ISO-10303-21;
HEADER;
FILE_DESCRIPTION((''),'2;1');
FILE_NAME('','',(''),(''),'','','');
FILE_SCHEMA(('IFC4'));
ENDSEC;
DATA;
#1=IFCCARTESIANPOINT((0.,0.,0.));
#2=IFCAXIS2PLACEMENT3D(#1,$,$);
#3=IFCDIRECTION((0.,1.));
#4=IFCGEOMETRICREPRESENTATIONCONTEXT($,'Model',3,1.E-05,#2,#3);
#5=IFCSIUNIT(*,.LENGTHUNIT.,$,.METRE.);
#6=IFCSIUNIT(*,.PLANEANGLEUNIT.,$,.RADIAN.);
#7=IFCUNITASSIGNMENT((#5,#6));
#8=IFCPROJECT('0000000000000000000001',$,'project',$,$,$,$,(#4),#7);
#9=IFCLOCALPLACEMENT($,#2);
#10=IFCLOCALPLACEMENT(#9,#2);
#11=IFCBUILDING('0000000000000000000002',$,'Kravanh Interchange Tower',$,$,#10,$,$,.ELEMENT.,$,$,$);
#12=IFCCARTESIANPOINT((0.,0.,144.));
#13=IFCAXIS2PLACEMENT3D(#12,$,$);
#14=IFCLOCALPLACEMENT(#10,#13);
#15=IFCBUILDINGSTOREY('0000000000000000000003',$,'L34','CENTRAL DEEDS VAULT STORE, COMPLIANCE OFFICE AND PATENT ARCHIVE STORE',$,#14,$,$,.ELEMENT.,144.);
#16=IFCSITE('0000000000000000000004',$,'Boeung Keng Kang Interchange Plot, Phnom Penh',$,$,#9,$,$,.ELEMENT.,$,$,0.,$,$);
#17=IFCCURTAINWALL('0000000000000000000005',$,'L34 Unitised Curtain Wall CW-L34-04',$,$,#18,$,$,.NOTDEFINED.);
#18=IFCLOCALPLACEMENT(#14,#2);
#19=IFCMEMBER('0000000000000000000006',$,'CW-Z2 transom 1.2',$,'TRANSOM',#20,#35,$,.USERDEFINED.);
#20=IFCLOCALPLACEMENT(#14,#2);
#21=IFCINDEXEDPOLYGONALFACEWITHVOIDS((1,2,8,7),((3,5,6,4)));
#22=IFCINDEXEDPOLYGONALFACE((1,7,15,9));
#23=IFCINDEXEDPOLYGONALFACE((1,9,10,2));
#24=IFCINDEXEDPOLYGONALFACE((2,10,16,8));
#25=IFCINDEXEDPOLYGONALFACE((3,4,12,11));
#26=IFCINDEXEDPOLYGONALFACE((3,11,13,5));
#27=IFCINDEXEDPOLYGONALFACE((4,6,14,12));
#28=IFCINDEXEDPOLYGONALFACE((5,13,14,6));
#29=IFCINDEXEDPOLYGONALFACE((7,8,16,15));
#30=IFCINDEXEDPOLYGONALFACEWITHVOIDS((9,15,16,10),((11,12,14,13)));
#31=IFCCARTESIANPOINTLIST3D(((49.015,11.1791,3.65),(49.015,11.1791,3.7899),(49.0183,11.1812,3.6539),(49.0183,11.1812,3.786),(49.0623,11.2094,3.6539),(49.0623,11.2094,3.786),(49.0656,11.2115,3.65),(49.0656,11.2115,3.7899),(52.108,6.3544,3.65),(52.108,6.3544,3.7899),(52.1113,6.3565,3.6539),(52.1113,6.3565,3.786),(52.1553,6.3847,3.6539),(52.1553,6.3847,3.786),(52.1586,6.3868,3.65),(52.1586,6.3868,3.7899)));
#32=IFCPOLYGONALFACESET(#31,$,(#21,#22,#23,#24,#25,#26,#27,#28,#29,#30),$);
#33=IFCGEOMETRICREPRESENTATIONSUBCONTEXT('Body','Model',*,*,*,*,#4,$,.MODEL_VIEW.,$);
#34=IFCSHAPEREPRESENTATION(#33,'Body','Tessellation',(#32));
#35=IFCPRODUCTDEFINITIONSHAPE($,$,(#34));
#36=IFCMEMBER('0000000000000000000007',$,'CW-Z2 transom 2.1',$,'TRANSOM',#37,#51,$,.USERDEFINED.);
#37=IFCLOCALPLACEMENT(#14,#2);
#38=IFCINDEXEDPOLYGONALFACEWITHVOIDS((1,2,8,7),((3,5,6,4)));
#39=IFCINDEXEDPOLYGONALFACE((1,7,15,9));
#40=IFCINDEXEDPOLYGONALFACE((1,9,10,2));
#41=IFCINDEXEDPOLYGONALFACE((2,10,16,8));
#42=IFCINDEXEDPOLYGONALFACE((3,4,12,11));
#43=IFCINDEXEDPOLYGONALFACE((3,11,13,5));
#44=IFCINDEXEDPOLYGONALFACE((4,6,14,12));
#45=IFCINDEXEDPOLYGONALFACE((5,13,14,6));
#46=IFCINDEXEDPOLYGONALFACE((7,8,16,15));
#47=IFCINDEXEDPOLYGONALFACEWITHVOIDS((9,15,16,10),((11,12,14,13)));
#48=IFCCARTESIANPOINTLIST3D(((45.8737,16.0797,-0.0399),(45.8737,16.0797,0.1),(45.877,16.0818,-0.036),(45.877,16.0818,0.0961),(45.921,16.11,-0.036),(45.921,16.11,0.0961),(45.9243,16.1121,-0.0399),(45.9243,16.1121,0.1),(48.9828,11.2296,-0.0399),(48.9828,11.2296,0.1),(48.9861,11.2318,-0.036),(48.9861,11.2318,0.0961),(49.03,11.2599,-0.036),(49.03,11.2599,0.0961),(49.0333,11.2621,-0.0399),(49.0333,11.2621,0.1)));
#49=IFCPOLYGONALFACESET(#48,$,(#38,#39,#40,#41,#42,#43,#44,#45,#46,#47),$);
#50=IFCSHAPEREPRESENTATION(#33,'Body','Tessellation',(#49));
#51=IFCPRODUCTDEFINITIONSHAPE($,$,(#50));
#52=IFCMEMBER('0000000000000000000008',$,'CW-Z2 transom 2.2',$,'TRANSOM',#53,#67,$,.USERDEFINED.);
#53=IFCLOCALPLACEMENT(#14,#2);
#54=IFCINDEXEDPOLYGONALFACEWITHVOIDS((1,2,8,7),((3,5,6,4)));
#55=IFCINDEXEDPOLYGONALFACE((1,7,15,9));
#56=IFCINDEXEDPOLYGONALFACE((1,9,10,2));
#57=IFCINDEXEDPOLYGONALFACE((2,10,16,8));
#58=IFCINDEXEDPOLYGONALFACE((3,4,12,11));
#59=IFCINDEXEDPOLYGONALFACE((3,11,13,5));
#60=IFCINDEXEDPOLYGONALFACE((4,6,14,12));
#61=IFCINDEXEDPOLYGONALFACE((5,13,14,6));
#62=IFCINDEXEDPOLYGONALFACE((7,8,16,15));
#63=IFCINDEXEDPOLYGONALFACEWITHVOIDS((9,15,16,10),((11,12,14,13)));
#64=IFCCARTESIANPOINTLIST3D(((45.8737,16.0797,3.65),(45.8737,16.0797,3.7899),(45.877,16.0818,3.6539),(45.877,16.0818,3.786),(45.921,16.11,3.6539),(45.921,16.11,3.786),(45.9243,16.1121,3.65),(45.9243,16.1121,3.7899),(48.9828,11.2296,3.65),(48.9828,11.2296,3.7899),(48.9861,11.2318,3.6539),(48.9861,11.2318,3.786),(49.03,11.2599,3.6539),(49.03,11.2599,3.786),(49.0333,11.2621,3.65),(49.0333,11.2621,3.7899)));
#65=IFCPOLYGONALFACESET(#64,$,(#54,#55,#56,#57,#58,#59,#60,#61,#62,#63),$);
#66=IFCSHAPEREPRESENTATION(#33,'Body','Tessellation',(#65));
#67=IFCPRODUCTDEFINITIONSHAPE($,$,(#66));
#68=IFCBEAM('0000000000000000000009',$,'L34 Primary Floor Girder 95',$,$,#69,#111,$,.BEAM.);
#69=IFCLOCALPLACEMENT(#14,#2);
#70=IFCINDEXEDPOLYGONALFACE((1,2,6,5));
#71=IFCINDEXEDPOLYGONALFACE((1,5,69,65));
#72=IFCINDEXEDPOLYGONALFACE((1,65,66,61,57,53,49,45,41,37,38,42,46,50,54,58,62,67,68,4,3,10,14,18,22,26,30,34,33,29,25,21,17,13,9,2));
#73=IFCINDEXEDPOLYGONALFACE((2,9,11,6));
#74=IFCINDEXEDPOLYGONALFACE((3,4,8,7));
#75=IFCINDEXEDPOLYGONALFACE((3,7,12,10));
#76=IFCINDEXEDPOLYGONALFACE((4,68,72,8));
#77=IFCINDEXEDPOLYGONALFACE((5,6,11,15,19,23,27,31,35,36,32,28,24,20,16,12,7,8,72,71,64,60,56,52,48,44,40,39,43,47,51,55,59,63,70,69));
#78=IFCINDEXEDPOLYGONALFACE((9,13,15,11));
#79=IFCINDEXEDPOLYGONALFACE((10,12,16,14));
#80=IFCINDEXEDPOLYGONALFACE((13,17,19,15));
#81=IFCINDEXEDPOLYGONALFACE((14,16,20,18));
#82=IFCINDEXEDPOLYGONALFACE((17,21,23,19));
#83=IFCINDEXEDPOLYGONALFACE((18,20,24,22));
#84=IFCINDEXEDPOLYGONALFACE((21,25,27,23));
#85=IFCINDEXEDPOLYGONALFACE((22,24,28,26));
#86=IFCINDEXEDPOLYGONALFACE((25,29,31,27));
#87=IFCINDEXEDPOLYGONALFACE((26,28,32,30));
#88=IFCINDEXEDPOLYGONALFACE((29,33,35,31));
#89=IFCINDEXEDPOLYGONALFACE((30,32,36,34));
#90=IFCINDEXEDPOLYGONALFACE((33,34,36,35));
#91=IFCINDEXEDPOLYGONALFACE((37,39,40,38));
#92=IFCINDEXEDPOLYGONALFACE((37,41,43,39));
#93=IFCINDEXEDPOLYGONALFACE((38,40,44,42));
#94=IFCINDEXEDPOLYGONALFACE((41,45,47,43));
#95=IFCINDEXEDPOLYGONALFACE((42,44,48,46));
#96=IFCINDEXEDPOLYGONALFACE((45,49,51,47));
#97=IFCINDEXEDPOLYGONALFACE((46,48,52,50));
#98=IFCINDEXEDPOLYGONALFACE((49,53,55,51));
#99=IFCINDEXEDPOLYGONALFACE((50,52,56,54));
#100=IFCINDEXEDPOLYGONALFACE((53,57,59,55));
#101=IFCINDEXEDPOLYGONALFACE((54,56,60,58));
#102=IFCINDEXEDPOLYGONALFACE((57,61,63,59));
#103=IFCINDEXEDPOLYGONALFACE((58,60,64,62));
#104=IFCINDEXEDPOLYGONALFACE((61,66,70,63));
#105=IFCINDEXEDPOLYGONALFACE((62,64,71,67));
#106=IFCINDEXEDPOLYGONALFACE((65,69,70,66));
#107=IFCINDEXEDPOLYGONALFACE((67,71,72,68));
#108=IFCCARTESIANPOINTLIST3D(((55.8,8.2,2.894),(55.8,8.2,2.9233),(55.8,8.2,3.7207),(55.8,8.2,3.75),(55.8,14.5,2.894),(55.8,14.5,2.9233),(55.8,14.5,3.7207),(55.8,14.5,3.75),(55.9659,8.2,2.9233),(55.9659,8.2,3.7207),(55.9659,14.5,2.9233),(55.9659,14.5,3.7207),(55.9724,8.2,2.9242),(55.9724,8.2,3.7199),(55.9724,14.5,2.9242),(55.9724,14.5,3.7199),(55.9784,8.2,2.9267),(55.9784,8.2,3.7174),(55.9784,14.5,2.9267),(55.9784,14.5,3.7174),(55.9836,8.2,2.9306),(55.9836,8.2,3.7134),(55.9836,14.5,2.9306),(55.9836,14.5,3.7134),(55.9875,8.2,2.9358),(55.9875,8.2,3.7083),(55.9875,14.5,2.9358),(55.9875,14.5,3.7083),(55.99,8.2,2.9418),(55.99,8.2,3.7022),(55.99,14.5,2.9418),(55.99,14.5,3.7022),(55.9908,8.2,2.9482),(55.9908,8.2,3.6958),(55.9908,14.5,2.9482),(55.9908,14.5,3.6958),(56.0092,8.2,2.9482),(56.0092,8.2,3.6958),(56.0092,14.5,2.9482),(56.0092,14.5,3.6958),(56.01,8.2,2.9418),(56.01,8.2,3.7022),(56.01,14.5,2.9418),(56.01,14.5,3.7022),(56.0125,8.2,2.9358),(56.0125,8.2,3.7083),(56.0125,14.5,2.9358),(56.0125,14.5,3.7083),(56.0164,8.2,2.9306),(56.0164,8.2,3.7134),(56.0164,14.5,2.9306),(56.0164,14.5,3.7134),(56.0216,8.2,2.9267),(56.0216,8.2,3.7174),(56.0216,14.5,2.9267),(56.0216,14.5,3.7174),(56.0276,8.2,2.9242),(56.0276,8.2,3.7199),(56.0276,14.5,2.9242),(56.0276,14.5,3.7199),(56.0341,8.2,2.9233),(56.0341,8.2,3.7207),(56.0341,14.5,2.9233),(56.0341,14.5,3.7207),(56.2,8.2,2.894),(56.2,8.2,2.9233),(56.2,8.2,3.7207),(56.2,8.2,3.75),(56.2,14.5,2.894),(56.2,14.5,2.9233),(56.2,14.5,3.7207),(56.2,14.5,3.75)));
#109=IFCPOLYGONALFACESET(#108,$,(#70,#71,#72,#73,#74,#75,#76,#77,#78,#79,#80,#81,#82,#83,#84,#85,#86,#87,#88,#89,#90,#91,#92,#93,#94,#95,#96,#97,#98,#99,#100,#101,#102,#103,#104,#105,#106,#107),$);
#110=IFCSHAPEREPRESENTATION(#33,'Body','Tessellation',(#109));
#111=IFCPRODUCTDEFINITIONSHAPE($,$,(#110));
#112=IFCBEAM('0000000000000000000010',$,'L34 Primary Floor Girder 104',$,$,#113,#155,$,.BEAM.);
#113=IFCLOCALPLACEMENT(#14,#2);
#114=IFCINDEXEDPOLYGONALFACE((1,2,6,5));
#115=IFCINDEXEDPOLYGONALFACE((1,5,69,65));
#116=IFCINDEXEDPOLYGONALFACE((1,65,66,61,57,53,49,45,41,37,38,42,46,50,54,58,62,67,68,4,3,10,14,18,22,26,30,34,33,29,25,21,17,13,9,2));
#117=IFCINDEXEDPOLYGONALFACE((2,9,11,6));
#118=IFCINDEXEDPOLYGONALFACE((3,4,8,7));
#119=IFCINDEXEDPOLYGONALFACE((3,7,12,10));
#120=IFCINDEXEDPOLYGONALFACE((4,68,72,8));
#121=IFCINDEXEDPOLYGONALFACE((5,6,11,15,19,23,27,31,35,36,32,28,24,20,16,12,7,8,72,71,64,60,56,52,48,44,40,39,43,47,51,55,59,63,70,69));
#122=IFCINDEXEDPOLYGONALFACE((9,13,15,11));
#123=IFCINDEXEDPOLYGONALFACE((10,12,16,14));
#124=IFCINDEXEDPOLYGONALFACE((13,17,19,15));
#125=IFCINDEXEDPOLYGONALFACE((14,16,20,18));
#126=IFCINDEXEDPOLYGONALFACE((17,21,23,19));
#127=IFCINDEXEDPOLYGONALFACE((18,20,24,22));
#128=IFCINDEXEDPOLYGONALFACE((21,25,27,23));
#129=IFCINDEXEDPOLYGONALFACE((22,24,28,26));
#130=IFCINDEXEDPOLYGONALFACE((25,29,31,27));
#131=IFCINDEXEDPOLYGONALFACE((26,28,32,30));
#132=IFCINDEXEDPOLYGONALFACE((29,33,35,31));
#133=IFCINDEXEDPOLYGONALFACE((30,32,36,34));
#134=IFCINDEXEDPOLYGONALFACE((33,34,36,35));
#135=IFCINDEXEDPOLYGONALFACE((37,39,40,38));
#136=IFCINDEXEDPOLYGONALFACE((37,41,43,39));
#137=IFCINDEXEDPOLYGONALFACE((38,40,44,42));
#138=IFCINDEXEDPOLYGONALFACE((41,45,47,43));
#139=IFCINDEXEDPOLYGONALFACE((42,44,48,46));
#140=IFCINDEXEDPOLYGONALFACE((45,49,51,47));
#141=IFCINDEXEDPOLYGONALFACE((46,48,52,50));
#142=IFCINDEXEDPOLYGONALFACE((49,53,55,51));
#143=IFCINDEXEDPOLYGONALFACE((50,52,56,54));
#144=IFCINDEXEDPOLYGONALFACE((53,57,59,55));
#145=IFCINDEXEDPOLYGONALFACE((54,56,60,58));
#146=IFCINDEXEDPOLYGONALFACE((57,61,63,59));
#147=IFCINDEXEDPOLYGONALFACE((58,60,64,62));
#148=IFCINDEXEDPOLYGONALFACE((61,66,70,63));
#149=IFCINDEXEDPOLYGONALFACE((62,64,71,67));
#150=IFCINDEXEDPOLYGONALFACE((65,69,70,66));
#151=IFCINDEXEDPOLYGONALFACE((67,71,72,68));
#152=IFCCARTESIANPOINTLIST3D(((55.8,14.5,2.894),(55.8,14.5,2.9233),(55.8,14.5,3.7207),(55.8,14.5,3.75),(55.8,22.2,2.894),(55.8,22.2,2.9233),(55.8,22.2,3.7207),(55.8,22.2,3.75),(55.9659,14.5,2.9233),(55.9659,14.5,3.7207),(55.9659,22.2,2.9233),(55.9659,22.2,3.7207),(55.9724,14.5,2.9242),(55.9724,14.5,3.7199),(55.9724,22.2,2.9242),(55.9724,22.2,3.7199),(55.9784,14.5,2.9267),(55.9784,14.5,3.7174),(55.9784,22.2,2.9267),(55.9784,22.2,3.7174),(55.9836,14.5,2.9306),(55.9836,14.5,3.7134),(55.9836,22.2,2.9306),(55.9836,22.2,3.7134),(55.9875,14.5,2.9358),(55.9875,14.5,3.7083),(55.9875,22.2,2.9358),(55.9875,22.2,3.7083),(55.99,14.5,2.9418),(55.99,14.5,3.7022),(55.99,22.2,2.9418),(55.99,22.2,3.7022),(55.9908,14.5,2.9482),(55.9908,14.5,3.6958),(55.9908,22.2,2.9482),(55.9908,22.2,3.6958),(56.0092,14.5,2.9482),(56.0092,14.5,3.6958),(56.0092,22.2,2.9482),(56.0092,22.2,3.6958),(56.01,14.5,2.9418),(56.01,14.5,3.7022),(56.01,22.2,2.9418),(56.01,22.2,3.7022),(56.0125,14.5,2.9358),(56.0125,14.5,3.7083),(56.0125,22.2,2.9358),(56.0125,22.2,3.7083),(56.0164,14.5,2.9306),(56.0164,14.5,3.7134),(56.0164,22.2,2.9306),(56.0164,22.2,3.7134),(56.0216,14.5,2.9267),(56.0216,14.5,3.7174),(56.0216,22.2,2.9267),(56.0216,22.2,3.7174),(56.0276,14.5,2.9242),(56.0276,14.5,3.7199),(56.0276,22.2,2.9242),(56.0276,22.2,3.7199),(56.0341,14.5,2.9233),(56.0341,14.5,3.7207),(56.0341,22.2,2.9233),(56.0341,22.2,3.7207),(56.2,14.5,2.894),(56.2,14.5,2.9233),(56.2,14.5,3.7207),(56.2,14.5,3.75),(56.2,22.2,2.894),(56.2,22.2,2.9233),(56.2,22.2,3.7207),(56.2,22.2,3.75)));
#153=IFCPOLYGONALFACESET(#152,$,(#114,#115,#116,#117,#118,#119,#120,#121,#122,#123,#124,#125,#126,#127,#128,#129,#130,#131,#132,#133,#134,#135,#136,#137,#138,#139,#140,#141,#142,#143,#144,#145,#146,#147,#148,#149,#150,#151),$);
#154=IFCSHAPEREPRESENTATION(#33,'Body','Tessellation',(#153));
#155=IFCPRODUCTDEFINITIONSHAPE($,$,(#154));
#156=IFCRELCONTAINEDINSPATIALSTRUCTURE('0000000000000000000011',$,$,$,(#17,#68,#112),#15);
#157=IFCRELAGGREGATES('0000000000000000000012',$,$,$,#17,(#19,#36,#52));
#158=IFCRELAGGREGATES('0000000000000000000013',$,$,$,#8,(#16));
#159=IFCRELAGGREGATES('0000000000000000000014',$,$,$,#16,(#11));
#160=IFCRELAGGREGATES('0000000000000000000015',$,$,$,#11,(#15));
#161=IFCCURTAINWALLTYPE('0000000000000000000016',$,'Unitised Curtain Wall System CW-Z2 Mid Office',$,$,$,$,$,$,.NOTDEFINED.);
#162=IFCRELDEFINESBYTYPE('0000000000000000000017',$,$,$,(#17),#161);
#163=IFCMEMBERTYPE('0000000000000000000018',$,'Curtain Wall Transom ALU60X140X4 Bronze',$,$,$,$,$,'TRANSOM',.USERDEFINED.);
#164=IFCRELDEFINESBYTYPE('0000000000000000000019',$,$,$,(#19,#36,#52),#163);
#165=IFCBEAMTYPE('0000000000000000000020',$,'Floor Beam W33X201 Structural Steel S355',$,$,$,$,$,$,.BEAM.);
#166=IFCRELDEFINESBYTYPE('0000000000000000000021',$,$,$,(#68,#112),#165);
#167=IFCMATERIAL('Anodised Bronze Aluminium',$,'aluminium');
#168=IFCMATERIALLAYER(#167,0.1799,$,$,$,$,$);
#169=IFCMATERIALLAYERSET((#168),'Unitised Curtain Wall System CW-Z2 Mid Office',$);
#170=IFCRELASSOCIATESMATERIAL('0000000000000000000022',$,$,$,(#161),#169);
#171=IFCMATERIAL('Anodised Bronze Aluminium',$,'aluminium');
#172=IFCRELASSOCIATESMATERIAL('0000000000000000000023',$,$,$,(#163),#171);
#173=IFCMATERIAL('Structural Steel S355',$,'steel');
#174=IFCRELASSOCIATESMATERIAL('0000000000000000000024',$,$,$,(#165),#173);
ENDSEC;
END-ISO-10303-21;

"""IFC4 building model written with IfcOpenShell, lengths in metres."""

from ifc_helpers import new_model, si_unit, direction, frame, origin, origin_2d, place, context, subcontext, project, spatial, hollow_rectangle, i_section, extrude, material, layer, layer_set, material_profile, profile_set, type_object, element, aggregate, save


model = new_model("IFC4")

# Units and contexts
model_context = context("Model", 3, precision=1e-05, world=origin(), true_north=direction((0.0, 1.0)))
body_context = subcontext(model_context, "Body", "Model", "MODEL_VIEW")
ifc_project = project(units=[si_unit("LENGTHUNIT", "METRE"), si_unit("PLANEANGLEUNIT", "RADIAN")], contexts=[model_context])

# Site, building, storey
site_placement = place(None, origin())
site = spatial("IfcSite", under=ifc_project, at=site_placement, Name="Boeung Keng Kang Interchange Plot, Phnom Penh", CompositionType="ELEMENT", RefElevation=0.0)
building_placement = place(site_placement, origin())
building = spatial("IfcBuilding", under=site, at=building_placement, Name="Kravanh Interchange Tower", CompositionType="ELEMENT")
storey_placement = place(building_placement, frame((0.0, 0.0, 144.0)))
storey = spatial("IfcBuildingStorey", under=building, at=storey_placement, Name="L34", Description="CENTRAL DEEDS VAULT STORE, COMPLIANCE OFFICE AND PATENT ARCHIVE STORE", CompositionType="ELEMENT", Elevation=144.0)

# Shared definitions
ifc_material_1 = material(Name="Anodised Bronze Aluminium", Category="aluminium")
ifc_layer_1 = layer(ifc_material_1, 0.1799)
ifc_layer_set_1 = layer_set([ifc_layer_1], Name="Unitised Curtain Wall System CW-Z2 Mid Office")
curtain_wall_type = type_object("IfcCurtainWallType", Name="Unitised Curtain Wall System CW-Z2 Mid Office", PredefinedType="NOTDEFINED", material=ifc_layer_set_1)

# Curtain wall, members
curtain_wall_1_placement = place(storey_placement, origin())
curtain_wall_1 = element("IfcCurtainWall", 1, at=curtain_wall_1_placement, inside=storey, type_object=curtain_wall_type, Name="L34 Unitised Curtain Wall CW-L34-04", PredefinedType="NOTDEFINED")
ifc_material_2 = material(Name="Anodised Bronze Aluminium", Category="aluminium")
ifc_material_profile_1 = material_profile(ifc_material_2, hollow_rectangle(XDim=0.0601, YDim=0.1399, WallThickness=0.0039, at=origin_2d()), Name="ALU60X140X4")
ifc_profile_set_1 = profile_set([ifc_material_profile_1], Name="Anodised Bronze Aluminium")
member_type_1 = type_object("IfcMemberType", Name="Curtain Wall Transom ALU60X140X4 Bronze", ElementType="TRANSOM", PredefinedType="USERDEFINED", material=ifc_profile_set_1)
member_1_placement = place(storey_placement, frame((52.1333, 6.3706, 3.72), z_axis=(-0.539698, 0.841859, 0.0), x_axis=(-0.841859, -0.539698, 0.0)))
member_1 = element("IfcMember", 2, at=member_1_placement, type_object=member_type_1, Name="CW-Z2 transom 1.2", ObjectType="TRANSOM", PredefinedType="USERDEFINED", context=body_context, shape_type="SweptSolid", body=[
    extrude(hollow_rectangle(XDim=0.0601, YDim=0.1399, WallThickness=0.0039, at=origin_2d()), origin(), (0.0, 0.0, 1.0), 5.731),
])
member_2_placement = place(storey_placement, frame((49.0081, 11.2458, 0.03), z_axis=(-0.539678, 0.841872, 0.0), x_axis=(-0.841872, -0.539678, 0.0)))
member_2 = element("IfcMember", 3, at=member_2_placement, type_object=member_type_1, Name="CW-Z2 transom 2.1", ObjectType="TRANSOM", PredefinedType="USERDEFINED", context=body_context, shape_type="SweptSolid", body=[
    extrude(hollow_rectangle(XDim=0.0601, YDim=0.1399, WallThickness=0.0039, at=origin_2d()), origin(), (0.0, 0.0, 1.0), 5.761),
])
member_3_placement = place(storey_placement, frame((49.0081, 11.2458, 3.72), z_axis=(-0.539678, 0.841872, 0.0), x_axis=(-0.841872, -0.539678, 0.0)))
member_3 = element("IfcMember", 4, at=member_3_placement, type_object=member_type_1, Name="CW-Z2 transom 2.2", ObjectType="TRANSOM", PredefinedType="USERDEFINED", context=body_context, shape_type="SweptSolid", body=[
    extrude(hollow_rectangle(XDim=0.0601, YDim=0.1399, WallThickness=0.0039, at=origin_2d()), origin(), (0.0, 0.0, 1.0), 5.761),
])

# Beams
ifc_material_3 = material(Name="Structural Steel S355", Category="steel")
ifc_material_profile_2 = material_profile(ifc_material_3, i_section(OverallWidth=0.3999, OverallDepth=0.856, WebThickness=0.0183, FlangeThickness=0.0293, FilletRadius=0.0249, at=origin_2d()), Name="W33X201")
ifc_profile_set_2 = profile_set([ifc_material_profile_2], Name="Structural Steel S355")
beam_type_1 = type_object("IfcBeamType", Name="Floor Beam W33X201 Structural Steel S355", PredefinedType="BEAM", material=ifc_profile_set_2)
beam_1_placement = place(storey_placement, frame((56.0, 8.2, 3.322), z_axis=(0.0, 1.0, 0.0), x_axis=(-1.0, 0.0, 0.0)))
element("IfcBeam", 5, at=beam_1_placement, inside=storey, type_object=beam_type_1, Name="L34 Primary Floor Girder 95", PredefinedType="BEAM", context=body_context, shape_type="SweptSolid", body=[
    extrude(i_section(OverallWidth=0.3999, OverallDepth=0.856, WebThickness=0.0183, FlangeThickness=0.0293, FilletRadius=0.0249, at=origin_2d()), origin(), (0.0, 0.0, 1.0), 6.3),
])
beam_2_placement = place(storey_placement, frame((56.0, 14.5, 3.322), z_axis=(0.0, 1.0, 0.0), x_axis=(-1.0, 0.0, 0.0)))
element("IfcBeam", 6, at=beam_2_placement, inside=storey, type_object=beam_type_1, Name="L34 Primary Floor Girder 104", PredefinedType="BEAM", context=body_context, shape_type="SweptSolid", body=[
    extrude(i_section(OverallWidth=0.3999, OverallDepth=0.856, WebThickness=0.0183, FlangeThickness=0.0293, FilletRadius=0.0249, at=origin_2d()), origin(), (0.0, 0.0, 1.0), 7.7),
])

aggregate(curtain_wall_1, [member_1, member_2, member_3])

save(model, "model.ifc")
